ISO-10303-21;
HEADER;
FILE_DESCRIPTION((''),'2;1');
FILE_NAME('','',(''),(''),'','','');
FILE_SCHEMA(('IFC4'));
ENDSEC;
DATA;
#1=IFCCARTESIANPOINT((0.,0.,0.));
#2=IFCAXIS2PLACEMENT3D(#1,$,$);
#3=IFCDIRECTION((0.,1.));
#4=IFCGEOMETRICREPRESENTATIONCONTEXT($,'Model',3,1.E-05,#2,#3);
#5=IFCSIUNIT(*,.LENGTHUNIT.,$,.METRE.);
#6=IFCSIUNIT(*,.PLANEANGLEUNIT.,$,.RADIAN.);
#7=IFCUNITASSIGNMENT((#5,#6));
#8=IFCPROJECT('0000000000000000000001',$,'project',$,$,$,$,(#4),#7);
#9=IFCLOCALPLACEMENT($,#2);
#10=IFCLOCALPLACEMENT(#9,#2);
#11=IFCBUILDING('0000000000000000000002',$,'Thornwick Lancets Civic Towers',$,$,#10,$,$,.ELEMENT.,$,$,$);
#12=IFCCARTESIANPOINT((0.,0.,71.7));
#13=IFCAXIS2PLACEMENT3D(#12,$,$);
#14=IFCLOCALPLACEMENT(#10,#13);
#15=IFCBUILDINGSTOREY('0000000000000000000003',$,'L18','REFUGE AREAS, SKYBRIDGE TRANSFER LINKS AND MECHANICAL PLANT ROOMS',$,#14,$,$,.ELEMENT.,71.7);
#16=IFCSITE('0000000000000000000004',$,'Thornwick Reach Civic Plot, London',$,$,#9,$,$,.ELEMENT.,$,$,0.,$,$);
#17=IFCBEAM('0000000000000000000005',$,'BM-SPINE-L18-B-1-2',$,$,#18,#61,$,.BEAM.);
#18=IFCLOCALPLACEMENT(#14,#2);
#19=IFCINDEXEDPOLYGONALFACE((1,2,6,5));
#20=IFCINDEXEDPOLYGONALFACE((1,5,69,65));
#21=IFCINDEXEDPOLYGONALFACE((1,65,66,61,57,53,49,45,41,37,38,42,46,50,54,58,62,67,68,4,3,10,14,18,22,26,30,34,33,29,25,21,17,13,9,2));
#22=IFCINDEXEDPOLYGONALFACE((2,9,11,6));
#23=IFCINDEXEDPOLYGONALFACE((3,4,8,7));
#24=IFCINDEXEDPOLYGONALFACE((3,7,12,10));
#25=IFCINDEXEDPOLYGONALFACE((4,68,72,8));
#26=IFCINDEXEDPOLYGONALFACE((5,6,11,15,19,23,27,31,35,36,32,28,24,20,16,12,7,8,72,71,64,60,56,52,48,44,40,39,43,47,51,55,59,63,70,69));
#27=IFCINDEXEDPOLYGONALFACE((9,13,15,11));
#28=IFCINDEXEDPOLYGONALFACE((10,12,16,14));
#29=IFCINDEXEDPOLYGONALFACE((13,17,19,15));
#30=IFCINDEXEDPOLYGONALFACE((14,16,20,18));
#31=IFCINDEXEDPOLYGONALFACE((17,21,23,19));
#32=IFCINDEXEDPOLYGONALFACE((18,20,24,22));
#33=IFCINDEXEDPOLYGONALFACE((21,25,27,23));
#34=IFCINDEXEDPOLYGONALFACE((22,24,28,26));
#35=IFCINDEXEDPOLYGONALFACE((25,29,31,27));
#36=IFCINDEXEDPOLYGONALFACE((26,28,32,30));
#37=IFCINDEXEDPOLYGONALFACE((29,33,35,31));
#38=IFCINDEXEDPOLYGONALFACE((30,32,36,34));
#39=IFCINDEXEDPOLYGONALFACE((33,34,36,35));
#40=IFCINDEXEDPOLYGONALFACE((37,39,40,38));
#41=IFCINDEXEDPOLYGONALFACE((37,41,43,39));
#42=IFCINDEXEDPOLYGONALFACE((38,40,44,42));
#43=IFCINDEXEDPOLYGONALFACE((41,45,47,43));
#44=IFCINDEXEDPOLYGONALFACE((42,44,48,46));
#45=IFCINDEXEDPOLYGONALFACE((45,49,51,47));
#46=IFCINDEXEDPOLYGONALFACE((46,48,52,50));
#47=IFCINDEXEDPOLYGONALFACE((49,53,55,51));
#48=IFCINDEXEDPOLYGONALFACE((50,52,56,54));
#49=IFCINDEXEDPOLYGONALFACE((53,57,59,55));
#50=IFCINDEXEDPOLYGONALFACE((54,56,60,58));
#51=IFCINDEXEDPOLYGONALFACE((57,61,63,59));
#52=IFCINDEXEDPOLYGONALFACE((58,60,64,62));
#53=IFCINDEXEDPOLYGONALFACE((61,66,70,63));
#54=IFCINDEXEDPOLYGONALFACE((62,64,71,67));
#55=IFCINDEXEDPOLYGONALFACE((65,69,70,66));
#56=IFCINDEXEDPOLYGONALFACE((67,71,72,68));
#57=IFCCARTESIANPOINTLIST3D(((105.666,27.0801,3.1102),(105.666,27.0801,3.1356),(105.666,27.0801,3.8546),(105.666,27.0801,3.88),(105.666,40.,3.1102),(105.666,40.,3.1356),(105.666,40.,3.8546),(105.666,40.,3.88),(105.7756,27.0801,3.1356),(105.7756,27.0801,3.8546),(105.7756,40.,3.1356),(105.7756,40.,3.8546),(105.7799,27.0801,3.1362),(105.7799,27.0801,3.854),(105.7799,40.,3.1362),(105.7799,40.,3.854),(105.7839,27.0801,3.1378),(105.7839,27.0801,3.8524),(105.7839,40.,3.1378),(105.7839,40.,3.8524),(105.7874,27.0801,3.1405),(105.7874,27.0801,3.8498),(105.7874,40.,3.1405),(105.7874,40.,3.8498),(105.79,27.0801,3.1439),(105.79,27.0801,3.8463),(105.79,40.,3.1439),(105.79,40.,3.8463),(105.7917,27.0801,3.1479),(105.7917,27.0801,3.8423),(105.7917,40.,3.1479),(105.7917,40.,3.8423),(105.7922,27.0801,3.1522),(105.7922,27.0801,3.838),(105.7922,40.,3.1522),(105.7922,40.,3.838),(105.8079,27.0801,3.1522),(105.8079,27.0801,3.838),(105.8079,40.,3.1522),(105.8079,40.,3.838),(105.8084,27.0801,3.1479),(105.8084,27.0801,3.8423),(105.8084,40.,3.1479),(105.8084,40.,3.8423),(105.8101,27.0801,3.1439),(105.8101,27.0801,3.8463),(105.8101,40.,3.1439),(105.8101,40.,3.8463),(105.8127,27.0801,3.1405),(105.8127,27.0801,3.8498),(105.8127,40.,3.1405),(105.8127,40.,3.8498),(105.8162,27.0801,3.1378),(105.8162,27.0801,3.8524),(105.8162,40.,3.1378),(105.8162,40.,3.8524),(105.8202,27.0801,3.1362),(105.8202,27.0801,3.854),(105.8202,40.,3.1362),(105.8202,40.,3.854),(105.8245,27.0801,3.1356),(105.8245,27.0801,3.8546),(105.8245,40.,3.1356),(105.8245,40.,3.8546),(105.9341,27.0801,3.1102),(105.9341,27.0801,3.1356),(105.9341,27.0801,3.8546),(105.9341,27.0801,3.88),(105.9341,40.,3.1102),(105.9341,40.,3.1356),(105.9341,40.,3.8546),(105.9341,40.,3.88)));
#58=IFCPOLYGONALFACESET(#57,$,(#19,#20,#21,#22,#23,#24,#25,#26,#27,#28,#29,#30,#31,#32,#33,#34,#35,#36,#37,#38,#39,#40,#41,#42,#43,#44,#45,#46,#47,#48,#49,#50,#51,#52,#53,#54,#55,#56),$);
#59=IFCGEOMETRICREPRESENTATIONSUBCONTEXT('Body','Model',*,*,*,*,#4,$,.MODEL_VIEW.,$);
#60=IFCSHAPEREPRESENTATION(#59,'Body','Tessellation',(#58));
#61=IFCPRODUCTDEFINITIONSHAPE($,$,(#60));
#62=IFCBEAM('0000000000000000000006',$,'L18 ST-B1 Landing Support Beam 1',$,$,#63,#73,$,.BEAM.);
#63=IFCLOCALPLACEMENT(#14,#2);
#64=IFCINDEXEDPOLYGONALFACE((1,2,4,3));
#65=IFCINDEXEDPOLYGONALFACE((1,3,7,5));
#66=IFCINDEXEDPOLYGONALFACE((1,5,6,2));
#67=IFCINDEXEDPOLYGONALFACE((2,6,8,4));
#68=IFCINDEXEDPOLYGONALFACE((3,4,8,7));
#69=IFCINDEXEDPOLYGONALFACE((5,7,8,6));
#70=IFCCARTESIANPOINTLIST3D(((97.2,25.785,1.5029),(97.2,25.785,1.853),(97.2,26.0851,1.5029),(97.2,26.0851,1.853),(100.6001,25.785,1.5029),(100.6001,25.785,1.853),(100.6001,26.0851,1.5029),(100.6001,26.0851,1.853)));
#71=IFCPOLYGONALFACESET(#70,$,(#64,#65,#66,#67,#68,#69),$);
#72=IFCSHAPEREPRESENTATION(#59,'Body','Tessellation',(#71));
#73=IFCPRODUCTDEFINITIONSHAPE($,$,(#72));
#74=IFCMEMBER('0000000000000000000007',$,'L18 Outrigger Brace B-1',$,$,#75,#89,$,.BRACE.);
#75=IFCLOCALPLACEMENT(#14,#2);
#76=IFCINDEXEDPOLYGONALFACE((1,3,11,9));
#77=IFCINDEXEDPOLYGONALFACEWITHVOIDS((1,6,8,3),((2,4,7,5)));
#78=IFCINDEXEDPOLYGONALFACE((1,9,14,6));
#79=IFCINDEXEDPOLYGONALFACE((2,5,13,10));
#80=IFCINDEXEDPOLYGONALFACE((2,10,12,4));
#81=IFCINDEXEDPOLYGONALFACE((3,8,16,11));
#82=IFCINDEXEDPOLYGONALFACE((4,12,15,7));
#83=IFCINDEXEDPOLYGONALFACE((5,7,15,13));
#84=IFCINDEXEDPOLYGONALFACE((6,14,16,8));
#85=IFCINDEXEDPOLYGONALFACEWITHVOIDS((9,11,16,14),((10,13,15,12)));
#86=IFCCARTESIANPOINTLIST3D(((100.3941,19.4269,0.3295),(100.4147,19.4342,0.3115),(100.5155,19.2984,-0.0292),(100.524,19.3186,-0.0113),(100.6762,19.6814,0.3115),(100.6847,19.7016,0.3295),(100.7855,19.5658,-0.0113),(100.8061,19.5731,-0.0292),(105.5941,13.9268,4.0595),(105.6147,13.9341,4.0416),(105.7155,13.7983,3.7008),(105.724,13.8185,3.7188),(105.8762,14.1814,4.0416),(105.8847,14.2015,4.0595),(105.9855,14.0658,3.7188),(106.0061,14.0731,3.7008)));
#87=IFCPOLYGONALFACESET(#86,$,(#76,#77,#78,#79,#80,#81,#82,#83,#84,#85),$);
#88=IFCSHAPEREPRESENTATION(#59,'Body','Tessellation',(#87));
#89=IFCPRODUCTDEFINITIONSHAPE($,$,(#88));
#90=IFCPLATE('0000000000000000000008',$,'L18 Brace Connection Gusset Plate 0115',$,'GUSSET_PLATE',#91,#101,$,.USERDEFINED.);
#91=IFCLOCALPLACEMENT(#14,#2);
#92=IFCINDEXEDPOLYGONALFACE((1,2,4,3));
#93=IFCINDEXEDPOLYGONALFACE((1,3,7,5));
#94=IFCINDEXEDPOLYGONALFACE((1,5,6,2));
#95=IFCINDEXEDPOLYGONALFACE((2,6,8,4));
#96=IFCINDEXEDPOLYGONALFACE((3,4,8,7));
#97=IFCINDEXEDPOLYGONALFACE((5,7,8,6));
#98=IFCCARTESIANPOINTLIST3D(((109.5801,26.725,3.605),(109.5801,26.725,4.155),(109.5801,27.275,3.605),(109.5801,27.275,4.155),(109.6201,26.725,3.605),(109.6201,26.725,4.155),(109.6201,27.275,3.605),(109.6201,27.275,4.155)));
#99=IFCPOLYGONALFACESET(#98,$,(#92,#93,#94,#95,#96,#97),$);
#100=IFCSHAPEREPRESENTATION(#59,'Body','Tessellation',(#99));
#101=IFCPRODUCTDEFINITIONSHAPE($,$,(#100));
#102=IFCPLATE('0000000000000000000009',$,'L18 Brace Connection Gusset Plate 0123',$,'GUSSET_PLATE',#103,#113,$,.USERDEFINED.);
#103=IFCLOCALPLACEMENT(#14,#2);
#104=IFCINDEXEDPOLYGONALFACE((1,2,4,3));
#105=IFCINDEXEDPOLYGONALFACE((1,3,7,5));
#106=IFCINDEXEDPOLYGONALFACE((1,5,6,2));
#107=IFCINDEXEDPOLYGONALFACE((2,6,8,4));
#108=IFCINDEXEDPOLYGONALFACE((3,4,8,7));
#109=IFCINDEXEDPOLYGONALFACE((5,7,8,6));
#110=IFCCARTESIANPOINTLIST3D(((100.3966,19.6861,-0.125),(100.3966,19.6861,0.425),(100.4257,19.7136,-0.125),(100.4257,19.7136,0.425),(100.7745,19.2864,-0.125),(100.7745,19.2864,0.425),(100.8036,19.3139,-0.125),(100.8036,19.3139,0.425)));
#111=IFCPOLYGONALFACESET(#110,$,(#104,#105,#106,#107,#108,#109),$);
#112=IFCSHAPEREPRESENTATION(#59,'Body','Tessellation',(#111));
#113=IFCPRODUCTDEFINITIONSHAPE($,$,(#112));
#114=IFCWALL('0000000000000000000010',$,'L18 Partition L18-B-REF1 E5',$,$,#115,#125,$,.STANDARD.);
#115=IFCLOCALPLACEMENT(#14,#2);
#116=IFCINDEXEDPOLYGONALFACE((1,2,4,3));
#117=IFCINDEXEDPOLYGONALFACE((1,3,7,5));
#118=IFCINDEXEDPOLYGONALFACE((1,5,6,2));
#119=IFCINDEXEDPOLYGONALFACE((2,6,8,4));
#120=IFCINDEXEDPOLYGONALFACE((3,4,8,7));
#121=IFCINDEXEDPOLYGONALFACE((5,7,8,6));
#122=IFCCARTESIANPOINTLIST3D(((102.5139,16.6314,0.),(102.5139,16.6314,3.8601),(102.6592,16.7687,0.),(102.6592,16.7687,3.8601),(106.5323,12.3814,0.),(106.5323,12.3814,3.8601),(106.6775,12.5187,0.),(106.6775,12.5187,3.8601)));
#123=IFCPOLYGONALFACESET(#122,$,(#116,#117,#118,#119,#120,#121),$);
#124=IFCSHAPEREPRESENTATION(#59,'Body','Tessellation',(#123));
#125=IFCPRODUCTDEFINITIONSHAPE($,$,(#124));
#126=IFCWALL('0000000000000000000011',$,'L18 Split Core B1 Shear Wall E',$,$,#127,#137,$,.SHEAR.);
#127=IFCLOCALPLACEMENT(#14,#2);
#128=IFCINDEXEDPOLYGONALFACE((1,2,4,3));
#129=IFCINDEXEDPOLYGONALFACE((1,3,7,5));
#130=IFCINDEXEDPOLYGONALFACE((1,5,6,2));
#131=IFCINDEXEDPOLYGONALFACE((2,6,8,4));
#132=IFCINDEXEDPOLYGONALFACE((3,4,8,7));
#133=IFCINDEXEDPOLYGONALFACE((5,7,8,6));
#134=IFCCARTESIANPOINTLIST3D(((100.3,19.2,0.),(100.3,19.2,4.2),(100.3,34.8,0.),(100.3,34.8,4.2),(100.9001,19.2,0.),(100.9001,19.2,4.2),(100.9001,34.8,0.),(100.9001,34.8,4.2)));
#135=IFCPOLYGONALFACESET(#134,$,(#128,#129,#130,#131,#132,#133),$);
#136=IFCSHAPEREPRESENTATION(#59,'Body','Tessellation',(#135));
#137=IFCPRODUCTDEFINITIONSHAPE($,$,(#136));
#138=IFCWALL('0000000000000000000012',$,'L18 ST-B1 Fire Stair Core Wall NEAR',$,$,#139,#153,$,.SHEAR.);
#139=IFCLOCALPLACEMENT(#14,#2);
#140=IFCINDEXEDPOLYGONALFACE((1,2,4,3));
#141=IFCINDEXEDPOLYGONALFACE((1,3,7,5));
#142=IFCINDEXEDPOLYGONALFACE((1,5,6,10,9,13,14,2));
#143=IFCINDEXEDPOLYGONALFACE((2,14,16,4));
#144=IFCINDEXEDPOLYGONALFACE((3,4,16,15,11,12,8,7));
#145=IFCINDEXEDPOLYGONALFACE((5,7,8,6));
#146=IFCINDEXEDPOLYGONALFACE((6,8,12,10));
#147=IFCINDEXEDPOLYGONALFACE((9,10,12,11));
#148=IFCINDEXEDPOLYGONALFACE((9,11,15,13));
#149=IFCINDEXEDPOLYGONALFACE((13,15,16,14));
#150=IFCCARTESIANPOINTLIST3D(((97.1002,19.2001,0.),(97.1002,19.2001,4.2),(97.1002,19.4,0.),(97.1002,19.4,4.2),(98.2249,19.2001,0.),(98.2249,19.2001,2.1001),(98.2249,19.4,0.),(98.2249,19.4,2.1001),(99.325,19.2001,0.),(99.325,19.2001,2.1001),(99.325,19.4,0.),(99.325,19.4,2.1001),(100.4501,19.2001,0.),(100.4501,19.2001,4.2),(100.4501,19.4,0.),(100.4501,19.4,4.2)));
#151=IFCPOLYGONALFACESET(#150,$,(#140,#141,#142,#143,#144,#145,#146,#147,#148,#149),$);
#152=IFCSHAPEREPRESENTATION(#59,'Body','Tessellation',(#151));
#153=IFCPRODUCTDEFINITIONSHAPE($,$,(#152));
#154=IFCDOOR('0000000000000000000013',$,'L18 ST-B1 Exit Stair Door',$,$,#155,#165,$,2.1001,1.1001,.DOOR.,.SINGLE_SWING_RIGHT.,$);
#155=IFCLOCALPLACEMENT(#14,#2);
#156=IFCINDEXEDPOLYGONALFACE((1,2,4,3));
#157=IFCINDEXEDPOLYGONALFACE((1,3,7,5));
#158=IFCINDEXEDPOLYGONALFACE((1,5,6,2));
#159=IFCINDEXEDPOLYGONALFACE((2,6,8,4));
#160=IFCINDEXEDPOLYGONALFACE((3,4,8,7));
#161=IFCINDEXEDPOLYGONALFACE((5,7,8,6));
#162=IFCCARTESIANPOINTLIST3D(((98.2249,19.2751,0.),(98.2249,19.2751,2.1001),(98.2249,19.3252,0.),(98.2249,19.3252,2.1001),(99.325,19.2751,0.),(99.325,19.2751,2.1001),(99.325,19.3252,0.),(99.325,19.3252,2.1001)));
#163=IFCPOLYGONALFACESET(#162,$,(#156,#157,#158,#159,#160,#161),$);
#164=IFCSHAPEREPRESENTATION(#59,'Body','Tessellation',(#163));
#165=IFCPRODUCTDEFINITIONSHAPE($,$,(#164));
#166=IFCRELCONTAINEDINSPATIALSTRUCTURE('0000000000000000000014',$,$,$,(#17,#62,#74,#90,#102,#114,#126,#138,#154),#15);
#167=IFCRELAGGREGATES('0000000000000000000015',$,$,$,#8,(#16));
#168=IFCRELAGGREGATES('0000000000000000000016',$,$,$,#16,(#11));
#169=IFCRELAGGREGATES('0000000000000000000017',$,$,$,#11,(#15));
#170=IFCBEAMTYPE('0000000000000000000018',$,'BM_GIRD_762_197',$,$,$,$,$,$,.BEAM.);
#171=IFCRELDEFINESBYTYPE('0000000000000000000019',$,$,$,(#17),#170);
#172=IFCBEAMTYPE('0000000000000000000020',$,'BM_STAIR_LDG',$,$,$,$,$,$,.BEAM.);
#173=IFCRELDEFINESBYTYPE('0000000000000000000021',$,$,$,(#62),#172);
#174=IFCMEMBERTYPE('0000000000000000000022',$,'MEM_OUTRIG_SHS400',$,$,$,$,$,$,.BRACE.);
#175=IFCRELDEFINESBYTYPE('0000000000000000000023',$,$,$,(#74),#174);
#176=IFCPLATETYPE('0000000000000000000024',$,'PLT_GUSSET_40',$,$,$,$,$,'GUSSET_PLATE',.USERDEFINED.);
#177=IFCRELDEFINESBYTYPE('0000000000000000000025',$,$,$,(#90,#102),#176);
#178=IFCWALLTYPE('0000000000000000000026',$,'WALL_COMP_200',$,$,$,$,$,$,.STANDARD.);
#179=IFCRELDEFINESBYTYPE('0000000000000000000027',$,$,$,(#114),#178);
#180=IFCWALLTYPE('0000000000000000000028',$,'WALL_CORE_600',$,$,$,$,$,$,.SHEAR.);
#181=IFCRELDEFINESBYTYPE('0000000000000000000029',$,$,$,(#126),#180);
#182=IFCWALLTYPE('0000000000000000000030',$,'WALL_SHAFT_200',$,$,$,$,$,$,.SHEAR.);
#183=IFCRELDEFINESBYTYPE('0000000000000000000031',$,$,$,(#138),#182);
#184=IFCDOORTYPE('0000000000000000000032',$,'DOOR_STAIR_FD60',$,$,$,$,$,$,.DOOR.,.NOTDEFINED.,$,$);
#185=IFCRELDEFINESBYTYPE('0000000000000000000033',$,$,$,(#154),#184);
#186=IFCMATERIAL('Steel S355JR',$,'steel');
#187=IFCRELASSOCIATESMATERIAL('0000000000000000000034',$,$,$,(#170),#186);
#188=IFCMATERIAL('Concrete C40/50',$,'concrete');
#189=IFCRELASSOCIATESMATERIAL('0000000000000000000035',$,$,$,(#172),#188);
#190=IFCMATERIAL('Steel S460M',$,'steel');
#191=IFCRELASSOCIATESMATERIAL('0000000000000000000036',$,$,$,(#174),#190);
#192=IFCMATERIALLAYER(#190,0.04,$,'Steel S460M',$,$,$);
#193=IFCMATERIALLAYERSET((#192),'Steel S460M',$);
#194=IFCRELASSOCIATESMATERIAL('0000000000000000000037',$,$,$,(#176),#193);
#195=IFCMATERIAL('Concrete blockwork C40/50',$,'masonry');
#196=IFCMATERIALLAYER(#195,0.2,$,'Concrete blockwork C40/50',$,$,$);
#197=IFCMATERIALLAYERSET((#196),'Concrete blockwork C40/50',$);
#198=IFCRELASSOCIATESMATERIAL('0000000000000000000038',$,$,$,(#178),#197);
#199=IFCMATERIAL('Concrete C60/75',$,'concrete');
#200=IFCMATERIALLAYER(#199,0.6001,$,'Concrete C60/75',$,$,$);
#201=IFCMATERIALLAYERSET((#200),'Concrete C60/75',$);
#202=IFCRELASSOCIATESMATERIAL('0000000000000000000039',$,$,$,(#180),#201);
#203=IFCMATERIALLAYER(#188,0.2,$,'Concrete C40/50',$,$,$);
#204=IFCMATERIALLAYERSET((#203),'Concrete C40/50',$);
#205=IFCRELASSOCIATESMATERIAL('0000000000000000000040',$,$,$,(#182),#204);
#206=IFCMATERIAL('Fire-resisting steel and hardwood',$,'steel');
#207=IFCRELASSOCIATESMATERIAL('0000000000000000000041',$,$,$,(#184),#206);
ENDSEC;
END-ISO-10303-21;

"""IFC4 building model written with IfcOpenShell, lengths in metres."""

from ifc_helpers import new_model, si_unit, direction, frame, frame_2d, origin, origin_2d, place, context, subcontext, project, spatial, rectangle, hollow_rectangle, i_section, extrude, material, layer, layer_set, material_profile, profile_set, type_object, element, fill, save


model = new_model("IFC4")

# Units and contexts
model_context = context("Model", 3, precision=1e-05, world=origin(), true_north=direction((0.0, 1.0)))
body_context = subcontext(model_context, "Body", "Model", "MODEL_VIEW")
ifc_project = project(units=[si_unit("LENGTHUNIT", "METRE"), si_unit("PLANEANGLEUNIT", "RADIAN")], contexts=[model_context])

# Site, building, storey
site_placement = place(None, origin())
site = spatial("IfcSite", under=ifc_project, at=site_placement, Name="Thornwick Reach Civic Plot, London", CompositionType="ELEMENT", RefElevation=0.0)
building_placement = place(site_placement, origin())
building = spatial("IfcBuilding", under=site, at=building_placement, Name="Thornwick Lancets Civic Towers", CompositionType="ELEMENT")
storey_placement = place(building_placement, frame((0.0, 0.0, 71.7)))
storey = spatial("IfcBuildingStorey", under=building, at=storey_placement, Name="L18", Description="REFUGE AREAS, SKYBRIDGE TRANSFER LINKS AND MECHANICAL PLANT ROOMS", CompositionType="ELEMENT", Elevation=71.7)

# Shared definitions
ifc_material_1 = material(Name="Concrete C60/75", Category="concrete")
ifc_material_2 = material(Name="Steel S460M", Category="steel")

# Beams
ifc_material_3 = material(Name="Steel S355JR", Category="steel")
ifc_material_profile_1 = material_profile(ifc_material_3, i_section(OverallWidth=0.2681, OverallDepth=0.7698, WebThickness=0.0156, FlangeThickness=0.0254, FilletRadius=0.0166, at=origin_2d()), Name="UKB 762x267x197")
ifc_profile_set_1 = profile_set([ifc_material_profile_1], Name="Steel S355JR")
beam_type_1 = type_object("IfcBeamType", Name="BM_GIRD_762_197", PredefinedType="BEAM", material=ifc_profile_set_1)
beam_1_placement = place(storey_placement, frame((105.8, 27.0801, 3.4951), z_axis=(0.0, 1.0, 0.0), x_axis=(-1.0, 0.0, 0.0)))
element("IfcBeam", 1, at=beam_1_placement, inside=storey, type_object=beam_type_1, Name="BM-SPINE-L18-B-1-2", PredefinedType="BEAM", context=body_context, shape_type="SweptSolid", body=[
    extrude(i_section(OverallWidth=0.2681, OverallDepth=0.7698, WebThickness=0.0156, FlangeThickness=0.0254, FilletRadius=0.0166, at=origin_2d()), origin(), (0.0, 0.0, 1.0), 12.9199),
])
ifc_material_4 = material(Name="Concrete C40/50", Category="concrete")
ifc_material_profile_2 = material_profile(ifc_material_4, rectangle(XDim=0.3, YDim=0.3501, at=origin_2d()), Name="RC 300x350")
ifc_profile_set_2 = profile_set([ifc_material_profile_2], Name="Concrete C40/50")
beam_type_2 = type_object("IfcBeamType", Name="BM_STAIR_LDG", PredefinedType="BEAM", material=ifc_profile_set_2)
beam_2_placement = place(storey_placement, frame((100.6001, 25.9351, 1.678), z_axis=(-1.0, 0.0, 0.0), x_axis=(0.0, -1.0, 0.0)))
element("IfcBeam", 2, at=beam_2_placement, inside=storey, type_object=beam_type_2, Name="L18 ST-B1 Landing Support Beam 1", PredefinedType="BEAM", context=body_context, shape_type="SweptSolid", body=[
    extrude(rectangle(XDim=0.3, YDim=0.3501, at=origin_2d()), origin(), (0.0, 0.0, 1.0), 3.4001),
])

# Member
ifc_material_profile_3 = material_profile(ifc_material_2, hollow_rectangle(XDim=0.3999, YDim=0.3999, WallThickness=0.02, at=origin_2d()), Name="SHS 400x400x20")
ifc_profile_set_3 = profile_set([ifc_material_profile_3], Name="Steel S460M")
member_type = type_object("IfcMemberType", Name="MEM_OUTRIG_SHS400", PredefinedType="BRACE", material=ifc_profile_set_3)
member_placement = place(storey_placement, frame((100.6001, 19.5, 0.1501), z_axis=(0.616244, -0.651802, 0.442038), x_axis=(0.72665, 0.687008, 0.0)))
element("IfcMember", 3, at=member_placement, inside=storey, type_object=member_type, Name="L18 Outrigger Brace B-1", PredefinedType="BRACE", context=body_context, shape_type="SweptSolid", body=[
    extrude(hollow_rectangle(XDim=0.3999, YDim=0.3999, WallThickness=0.02, at=origin_2d()), origin(), (0.0, 0.0, 1.0), 8.4382),
])

# Plates
ifc_layer_1 = layer(ifc_material_2, 0.04, Name="Steel S460M")
ifc_layer_set_1 = layer_set([ifc_layer_1], Name="Steel S460M")
plate_type = type_object("IfcPlateType", Name="PLT_GUSSET_40", ElementType="GUSSET_PLATE", PredefinedType="USERDEFINED", material=ifc_layer_set_1)
for number, where, z_axis, x_axis, name in (
    (4, (109.6001, 27.0, 3.605), (0.0, 0.0, 1.0), (0.0, 1.0, 0.0), "L18 Brace Connection Gusset Plate 0115"),
    (5, (100.6001, 19.5, -0.125), (0.0, 0.0, 1.0), (0.686961, -0.726695, 0.0), "L18 Brace Connection Gusset Plate 0123"),
):
    element("IfcPlate", number, at=place(storey_placement, frame(where, z_axis=z_axis, x_axis=x_axis)), inside=storey, type_object=plate_type, Name=name, ObjectType="GUSSET_PLATE", PredefinedType="USERDEFINED", context=body_context, shape_type="SweptSolid", body=[
        extrude(rectangle(XDim=0.55, YDim=0.04, at=origin_2d()), origin(), (0.0, 0.0, 1.0), 0.55),
    ])

# Walls
ifc_material_5 = material(Name="Concrete blockwork C40/50", Category="masonry")
ifc_layer_2 = layer(ifc_material_5, 0.2, Name="Concrete blockwork C40/50")
ifc_layer_set_2 = layer_set([ifc_layer_2], Name="Concrete blockwork C40/50")
wall_type_1 = type_object("IfcWallType", Name="WALL_COMP_200", PredefinedType="STANDARD", material=ifc_layer_set_2)
wall_1_placement = place(storey_placement, frame((102.5867, 16.7, 0.0), z_axis=(0.0, 0.0, 1.0), x_axis=(0.687023, -0.726636, 0.0)))
element("IfcWall", 6, at=wall_1_placement, inside=storey, type_object=wall_type_1, Name="L18 Partition L18-B-REF1 E5", PredefinedType="STANDARD", context=body_context, shape_type="SweptSolid", body=[
    extrude(rectangle(XDim=5.8489, YDim=0.2, at=frame_2d((2.9243, 0.0))), origin(), (0.0, 0.0, 1.0), 3.8601),
])
ifc_layer_3 = layer(ifc_material_1, 0.6001, Name="Concrete C60/75")
ifc_layer_set_3 = layer_set([ifc_layer_3], Name="Concrete C60/75")
wall_type_2 = type_object("IfcWallType", Name="WALL_CORE_600", PredefinedType="SHEAR", material=ifc_layer_set_3)
wall_2_placement = place(storey_placement, frame((100.6001, 19.2, 0.0), z_axis=(0.0, 0.0, 1.0), x_axis=(0.0, 1.0, 0.0)))
element("IfcWall", 7, at=wall_2_placement, inside=storey, type_object=wall_type_2, Name="L18 Split Core B1 Shear Wall E", PredefinedType="SHEAR", context=body_context, shape_type="SweptSolid", body=[
    extrude(rectangle(XDim=15.6001, YDim=0.6001, at=frame_2d((7.8, 0.0))), origin(), (0.0, 0.0, 1.0), 4.2),
])

# Wall, opening, door
ifc_layer_4 = layer(ifc_material_4, 0.2, Name="Concrete C40/50")
ifc_layer_set_4 = layer_set([ifc_layer_4], Name="Concrete C40/50")
wall_type_3 = type_object("IfcWallType", Name="WALL_SHAFT_200", PredefinedType="SHEAR", material=ifc_layer_set_4)
wall_3_placement = place(storey_placement, frame((100.45, 19.3, 0.0), z_axis=(0.0, 0.0, 1.0), x_axis=(-1.0, 0.0, 0.0)))
wall_3 = element("IfcWall", 8, at=wall_3_placement, inside=storey, type_object=wall_type_3, Name="L18 ST-B1 Fire Stair Core Wall NEAR", PredefinedType="SHEAR", context=body_context, shape_type="SweptSolid", body=[
    extrude(rectangle(XDim=3.3499, YDim=0.2, at=frame_2d((1.6748, 0.0))), origin(), (0.0, 0.0, 1.0), 4.2),
])
opening_placement = place(wall_3_placement, frame((1.125, 0.0, 0.0)))
opening = element("IfcOpeningElement", 9, at=opening_placement, cuts=wall_3, PredefinedType="OPENING", context=body_context, shape_type="SweptSolid", body=[
    extrude(rectangle(XDim=1.1001, YDim=2.1001, at=frame_2d((0.55, 1.05))), frame((0.0, 0.1099, 0.0), z_axis=(0.0, -1.0, 0.0), x_axis=(1.0, 0.0, 0.0)), (0.0, 0.0, 1.0), 0.22),
])
ifc_material_6 = material(Name="Fire-resisting steel and hardwood", Category="steel")
door_type = type_object("IfcDoorType", Name="DOOR_STAIR_FD60", OperationType="NOTDEFINED", PredefinedType="DOOR", material=ifc_material_6)
door_placement = place(opening_placement, origin())
door = element("IfcDoor", 10, at=door_placement, inside=storey, type_object=door_type, Name="L18 ST-B1 Exit Stair Door", OperationType="SINGLE_SWING_RIGHT", OverallHeight=2.1001, OverallWidth=1.1001, PredefinedType="DOOR", context=body_context, shape_type="SweptSolid", body=[
    extrude(rectangle(XDim=1.1001, YDim=2.1001, at=frame_2d((0.55, 1.05))), frame((0.0, 0.0249, 0.0), z_axis=(0.0, -1.0, 0.0), x_axis=(1.0, 0.0, 0.0)), (0.0, 0.0, 1.0), 0.05),
])
fill(opening, door)

save(model, "model.ifc")
